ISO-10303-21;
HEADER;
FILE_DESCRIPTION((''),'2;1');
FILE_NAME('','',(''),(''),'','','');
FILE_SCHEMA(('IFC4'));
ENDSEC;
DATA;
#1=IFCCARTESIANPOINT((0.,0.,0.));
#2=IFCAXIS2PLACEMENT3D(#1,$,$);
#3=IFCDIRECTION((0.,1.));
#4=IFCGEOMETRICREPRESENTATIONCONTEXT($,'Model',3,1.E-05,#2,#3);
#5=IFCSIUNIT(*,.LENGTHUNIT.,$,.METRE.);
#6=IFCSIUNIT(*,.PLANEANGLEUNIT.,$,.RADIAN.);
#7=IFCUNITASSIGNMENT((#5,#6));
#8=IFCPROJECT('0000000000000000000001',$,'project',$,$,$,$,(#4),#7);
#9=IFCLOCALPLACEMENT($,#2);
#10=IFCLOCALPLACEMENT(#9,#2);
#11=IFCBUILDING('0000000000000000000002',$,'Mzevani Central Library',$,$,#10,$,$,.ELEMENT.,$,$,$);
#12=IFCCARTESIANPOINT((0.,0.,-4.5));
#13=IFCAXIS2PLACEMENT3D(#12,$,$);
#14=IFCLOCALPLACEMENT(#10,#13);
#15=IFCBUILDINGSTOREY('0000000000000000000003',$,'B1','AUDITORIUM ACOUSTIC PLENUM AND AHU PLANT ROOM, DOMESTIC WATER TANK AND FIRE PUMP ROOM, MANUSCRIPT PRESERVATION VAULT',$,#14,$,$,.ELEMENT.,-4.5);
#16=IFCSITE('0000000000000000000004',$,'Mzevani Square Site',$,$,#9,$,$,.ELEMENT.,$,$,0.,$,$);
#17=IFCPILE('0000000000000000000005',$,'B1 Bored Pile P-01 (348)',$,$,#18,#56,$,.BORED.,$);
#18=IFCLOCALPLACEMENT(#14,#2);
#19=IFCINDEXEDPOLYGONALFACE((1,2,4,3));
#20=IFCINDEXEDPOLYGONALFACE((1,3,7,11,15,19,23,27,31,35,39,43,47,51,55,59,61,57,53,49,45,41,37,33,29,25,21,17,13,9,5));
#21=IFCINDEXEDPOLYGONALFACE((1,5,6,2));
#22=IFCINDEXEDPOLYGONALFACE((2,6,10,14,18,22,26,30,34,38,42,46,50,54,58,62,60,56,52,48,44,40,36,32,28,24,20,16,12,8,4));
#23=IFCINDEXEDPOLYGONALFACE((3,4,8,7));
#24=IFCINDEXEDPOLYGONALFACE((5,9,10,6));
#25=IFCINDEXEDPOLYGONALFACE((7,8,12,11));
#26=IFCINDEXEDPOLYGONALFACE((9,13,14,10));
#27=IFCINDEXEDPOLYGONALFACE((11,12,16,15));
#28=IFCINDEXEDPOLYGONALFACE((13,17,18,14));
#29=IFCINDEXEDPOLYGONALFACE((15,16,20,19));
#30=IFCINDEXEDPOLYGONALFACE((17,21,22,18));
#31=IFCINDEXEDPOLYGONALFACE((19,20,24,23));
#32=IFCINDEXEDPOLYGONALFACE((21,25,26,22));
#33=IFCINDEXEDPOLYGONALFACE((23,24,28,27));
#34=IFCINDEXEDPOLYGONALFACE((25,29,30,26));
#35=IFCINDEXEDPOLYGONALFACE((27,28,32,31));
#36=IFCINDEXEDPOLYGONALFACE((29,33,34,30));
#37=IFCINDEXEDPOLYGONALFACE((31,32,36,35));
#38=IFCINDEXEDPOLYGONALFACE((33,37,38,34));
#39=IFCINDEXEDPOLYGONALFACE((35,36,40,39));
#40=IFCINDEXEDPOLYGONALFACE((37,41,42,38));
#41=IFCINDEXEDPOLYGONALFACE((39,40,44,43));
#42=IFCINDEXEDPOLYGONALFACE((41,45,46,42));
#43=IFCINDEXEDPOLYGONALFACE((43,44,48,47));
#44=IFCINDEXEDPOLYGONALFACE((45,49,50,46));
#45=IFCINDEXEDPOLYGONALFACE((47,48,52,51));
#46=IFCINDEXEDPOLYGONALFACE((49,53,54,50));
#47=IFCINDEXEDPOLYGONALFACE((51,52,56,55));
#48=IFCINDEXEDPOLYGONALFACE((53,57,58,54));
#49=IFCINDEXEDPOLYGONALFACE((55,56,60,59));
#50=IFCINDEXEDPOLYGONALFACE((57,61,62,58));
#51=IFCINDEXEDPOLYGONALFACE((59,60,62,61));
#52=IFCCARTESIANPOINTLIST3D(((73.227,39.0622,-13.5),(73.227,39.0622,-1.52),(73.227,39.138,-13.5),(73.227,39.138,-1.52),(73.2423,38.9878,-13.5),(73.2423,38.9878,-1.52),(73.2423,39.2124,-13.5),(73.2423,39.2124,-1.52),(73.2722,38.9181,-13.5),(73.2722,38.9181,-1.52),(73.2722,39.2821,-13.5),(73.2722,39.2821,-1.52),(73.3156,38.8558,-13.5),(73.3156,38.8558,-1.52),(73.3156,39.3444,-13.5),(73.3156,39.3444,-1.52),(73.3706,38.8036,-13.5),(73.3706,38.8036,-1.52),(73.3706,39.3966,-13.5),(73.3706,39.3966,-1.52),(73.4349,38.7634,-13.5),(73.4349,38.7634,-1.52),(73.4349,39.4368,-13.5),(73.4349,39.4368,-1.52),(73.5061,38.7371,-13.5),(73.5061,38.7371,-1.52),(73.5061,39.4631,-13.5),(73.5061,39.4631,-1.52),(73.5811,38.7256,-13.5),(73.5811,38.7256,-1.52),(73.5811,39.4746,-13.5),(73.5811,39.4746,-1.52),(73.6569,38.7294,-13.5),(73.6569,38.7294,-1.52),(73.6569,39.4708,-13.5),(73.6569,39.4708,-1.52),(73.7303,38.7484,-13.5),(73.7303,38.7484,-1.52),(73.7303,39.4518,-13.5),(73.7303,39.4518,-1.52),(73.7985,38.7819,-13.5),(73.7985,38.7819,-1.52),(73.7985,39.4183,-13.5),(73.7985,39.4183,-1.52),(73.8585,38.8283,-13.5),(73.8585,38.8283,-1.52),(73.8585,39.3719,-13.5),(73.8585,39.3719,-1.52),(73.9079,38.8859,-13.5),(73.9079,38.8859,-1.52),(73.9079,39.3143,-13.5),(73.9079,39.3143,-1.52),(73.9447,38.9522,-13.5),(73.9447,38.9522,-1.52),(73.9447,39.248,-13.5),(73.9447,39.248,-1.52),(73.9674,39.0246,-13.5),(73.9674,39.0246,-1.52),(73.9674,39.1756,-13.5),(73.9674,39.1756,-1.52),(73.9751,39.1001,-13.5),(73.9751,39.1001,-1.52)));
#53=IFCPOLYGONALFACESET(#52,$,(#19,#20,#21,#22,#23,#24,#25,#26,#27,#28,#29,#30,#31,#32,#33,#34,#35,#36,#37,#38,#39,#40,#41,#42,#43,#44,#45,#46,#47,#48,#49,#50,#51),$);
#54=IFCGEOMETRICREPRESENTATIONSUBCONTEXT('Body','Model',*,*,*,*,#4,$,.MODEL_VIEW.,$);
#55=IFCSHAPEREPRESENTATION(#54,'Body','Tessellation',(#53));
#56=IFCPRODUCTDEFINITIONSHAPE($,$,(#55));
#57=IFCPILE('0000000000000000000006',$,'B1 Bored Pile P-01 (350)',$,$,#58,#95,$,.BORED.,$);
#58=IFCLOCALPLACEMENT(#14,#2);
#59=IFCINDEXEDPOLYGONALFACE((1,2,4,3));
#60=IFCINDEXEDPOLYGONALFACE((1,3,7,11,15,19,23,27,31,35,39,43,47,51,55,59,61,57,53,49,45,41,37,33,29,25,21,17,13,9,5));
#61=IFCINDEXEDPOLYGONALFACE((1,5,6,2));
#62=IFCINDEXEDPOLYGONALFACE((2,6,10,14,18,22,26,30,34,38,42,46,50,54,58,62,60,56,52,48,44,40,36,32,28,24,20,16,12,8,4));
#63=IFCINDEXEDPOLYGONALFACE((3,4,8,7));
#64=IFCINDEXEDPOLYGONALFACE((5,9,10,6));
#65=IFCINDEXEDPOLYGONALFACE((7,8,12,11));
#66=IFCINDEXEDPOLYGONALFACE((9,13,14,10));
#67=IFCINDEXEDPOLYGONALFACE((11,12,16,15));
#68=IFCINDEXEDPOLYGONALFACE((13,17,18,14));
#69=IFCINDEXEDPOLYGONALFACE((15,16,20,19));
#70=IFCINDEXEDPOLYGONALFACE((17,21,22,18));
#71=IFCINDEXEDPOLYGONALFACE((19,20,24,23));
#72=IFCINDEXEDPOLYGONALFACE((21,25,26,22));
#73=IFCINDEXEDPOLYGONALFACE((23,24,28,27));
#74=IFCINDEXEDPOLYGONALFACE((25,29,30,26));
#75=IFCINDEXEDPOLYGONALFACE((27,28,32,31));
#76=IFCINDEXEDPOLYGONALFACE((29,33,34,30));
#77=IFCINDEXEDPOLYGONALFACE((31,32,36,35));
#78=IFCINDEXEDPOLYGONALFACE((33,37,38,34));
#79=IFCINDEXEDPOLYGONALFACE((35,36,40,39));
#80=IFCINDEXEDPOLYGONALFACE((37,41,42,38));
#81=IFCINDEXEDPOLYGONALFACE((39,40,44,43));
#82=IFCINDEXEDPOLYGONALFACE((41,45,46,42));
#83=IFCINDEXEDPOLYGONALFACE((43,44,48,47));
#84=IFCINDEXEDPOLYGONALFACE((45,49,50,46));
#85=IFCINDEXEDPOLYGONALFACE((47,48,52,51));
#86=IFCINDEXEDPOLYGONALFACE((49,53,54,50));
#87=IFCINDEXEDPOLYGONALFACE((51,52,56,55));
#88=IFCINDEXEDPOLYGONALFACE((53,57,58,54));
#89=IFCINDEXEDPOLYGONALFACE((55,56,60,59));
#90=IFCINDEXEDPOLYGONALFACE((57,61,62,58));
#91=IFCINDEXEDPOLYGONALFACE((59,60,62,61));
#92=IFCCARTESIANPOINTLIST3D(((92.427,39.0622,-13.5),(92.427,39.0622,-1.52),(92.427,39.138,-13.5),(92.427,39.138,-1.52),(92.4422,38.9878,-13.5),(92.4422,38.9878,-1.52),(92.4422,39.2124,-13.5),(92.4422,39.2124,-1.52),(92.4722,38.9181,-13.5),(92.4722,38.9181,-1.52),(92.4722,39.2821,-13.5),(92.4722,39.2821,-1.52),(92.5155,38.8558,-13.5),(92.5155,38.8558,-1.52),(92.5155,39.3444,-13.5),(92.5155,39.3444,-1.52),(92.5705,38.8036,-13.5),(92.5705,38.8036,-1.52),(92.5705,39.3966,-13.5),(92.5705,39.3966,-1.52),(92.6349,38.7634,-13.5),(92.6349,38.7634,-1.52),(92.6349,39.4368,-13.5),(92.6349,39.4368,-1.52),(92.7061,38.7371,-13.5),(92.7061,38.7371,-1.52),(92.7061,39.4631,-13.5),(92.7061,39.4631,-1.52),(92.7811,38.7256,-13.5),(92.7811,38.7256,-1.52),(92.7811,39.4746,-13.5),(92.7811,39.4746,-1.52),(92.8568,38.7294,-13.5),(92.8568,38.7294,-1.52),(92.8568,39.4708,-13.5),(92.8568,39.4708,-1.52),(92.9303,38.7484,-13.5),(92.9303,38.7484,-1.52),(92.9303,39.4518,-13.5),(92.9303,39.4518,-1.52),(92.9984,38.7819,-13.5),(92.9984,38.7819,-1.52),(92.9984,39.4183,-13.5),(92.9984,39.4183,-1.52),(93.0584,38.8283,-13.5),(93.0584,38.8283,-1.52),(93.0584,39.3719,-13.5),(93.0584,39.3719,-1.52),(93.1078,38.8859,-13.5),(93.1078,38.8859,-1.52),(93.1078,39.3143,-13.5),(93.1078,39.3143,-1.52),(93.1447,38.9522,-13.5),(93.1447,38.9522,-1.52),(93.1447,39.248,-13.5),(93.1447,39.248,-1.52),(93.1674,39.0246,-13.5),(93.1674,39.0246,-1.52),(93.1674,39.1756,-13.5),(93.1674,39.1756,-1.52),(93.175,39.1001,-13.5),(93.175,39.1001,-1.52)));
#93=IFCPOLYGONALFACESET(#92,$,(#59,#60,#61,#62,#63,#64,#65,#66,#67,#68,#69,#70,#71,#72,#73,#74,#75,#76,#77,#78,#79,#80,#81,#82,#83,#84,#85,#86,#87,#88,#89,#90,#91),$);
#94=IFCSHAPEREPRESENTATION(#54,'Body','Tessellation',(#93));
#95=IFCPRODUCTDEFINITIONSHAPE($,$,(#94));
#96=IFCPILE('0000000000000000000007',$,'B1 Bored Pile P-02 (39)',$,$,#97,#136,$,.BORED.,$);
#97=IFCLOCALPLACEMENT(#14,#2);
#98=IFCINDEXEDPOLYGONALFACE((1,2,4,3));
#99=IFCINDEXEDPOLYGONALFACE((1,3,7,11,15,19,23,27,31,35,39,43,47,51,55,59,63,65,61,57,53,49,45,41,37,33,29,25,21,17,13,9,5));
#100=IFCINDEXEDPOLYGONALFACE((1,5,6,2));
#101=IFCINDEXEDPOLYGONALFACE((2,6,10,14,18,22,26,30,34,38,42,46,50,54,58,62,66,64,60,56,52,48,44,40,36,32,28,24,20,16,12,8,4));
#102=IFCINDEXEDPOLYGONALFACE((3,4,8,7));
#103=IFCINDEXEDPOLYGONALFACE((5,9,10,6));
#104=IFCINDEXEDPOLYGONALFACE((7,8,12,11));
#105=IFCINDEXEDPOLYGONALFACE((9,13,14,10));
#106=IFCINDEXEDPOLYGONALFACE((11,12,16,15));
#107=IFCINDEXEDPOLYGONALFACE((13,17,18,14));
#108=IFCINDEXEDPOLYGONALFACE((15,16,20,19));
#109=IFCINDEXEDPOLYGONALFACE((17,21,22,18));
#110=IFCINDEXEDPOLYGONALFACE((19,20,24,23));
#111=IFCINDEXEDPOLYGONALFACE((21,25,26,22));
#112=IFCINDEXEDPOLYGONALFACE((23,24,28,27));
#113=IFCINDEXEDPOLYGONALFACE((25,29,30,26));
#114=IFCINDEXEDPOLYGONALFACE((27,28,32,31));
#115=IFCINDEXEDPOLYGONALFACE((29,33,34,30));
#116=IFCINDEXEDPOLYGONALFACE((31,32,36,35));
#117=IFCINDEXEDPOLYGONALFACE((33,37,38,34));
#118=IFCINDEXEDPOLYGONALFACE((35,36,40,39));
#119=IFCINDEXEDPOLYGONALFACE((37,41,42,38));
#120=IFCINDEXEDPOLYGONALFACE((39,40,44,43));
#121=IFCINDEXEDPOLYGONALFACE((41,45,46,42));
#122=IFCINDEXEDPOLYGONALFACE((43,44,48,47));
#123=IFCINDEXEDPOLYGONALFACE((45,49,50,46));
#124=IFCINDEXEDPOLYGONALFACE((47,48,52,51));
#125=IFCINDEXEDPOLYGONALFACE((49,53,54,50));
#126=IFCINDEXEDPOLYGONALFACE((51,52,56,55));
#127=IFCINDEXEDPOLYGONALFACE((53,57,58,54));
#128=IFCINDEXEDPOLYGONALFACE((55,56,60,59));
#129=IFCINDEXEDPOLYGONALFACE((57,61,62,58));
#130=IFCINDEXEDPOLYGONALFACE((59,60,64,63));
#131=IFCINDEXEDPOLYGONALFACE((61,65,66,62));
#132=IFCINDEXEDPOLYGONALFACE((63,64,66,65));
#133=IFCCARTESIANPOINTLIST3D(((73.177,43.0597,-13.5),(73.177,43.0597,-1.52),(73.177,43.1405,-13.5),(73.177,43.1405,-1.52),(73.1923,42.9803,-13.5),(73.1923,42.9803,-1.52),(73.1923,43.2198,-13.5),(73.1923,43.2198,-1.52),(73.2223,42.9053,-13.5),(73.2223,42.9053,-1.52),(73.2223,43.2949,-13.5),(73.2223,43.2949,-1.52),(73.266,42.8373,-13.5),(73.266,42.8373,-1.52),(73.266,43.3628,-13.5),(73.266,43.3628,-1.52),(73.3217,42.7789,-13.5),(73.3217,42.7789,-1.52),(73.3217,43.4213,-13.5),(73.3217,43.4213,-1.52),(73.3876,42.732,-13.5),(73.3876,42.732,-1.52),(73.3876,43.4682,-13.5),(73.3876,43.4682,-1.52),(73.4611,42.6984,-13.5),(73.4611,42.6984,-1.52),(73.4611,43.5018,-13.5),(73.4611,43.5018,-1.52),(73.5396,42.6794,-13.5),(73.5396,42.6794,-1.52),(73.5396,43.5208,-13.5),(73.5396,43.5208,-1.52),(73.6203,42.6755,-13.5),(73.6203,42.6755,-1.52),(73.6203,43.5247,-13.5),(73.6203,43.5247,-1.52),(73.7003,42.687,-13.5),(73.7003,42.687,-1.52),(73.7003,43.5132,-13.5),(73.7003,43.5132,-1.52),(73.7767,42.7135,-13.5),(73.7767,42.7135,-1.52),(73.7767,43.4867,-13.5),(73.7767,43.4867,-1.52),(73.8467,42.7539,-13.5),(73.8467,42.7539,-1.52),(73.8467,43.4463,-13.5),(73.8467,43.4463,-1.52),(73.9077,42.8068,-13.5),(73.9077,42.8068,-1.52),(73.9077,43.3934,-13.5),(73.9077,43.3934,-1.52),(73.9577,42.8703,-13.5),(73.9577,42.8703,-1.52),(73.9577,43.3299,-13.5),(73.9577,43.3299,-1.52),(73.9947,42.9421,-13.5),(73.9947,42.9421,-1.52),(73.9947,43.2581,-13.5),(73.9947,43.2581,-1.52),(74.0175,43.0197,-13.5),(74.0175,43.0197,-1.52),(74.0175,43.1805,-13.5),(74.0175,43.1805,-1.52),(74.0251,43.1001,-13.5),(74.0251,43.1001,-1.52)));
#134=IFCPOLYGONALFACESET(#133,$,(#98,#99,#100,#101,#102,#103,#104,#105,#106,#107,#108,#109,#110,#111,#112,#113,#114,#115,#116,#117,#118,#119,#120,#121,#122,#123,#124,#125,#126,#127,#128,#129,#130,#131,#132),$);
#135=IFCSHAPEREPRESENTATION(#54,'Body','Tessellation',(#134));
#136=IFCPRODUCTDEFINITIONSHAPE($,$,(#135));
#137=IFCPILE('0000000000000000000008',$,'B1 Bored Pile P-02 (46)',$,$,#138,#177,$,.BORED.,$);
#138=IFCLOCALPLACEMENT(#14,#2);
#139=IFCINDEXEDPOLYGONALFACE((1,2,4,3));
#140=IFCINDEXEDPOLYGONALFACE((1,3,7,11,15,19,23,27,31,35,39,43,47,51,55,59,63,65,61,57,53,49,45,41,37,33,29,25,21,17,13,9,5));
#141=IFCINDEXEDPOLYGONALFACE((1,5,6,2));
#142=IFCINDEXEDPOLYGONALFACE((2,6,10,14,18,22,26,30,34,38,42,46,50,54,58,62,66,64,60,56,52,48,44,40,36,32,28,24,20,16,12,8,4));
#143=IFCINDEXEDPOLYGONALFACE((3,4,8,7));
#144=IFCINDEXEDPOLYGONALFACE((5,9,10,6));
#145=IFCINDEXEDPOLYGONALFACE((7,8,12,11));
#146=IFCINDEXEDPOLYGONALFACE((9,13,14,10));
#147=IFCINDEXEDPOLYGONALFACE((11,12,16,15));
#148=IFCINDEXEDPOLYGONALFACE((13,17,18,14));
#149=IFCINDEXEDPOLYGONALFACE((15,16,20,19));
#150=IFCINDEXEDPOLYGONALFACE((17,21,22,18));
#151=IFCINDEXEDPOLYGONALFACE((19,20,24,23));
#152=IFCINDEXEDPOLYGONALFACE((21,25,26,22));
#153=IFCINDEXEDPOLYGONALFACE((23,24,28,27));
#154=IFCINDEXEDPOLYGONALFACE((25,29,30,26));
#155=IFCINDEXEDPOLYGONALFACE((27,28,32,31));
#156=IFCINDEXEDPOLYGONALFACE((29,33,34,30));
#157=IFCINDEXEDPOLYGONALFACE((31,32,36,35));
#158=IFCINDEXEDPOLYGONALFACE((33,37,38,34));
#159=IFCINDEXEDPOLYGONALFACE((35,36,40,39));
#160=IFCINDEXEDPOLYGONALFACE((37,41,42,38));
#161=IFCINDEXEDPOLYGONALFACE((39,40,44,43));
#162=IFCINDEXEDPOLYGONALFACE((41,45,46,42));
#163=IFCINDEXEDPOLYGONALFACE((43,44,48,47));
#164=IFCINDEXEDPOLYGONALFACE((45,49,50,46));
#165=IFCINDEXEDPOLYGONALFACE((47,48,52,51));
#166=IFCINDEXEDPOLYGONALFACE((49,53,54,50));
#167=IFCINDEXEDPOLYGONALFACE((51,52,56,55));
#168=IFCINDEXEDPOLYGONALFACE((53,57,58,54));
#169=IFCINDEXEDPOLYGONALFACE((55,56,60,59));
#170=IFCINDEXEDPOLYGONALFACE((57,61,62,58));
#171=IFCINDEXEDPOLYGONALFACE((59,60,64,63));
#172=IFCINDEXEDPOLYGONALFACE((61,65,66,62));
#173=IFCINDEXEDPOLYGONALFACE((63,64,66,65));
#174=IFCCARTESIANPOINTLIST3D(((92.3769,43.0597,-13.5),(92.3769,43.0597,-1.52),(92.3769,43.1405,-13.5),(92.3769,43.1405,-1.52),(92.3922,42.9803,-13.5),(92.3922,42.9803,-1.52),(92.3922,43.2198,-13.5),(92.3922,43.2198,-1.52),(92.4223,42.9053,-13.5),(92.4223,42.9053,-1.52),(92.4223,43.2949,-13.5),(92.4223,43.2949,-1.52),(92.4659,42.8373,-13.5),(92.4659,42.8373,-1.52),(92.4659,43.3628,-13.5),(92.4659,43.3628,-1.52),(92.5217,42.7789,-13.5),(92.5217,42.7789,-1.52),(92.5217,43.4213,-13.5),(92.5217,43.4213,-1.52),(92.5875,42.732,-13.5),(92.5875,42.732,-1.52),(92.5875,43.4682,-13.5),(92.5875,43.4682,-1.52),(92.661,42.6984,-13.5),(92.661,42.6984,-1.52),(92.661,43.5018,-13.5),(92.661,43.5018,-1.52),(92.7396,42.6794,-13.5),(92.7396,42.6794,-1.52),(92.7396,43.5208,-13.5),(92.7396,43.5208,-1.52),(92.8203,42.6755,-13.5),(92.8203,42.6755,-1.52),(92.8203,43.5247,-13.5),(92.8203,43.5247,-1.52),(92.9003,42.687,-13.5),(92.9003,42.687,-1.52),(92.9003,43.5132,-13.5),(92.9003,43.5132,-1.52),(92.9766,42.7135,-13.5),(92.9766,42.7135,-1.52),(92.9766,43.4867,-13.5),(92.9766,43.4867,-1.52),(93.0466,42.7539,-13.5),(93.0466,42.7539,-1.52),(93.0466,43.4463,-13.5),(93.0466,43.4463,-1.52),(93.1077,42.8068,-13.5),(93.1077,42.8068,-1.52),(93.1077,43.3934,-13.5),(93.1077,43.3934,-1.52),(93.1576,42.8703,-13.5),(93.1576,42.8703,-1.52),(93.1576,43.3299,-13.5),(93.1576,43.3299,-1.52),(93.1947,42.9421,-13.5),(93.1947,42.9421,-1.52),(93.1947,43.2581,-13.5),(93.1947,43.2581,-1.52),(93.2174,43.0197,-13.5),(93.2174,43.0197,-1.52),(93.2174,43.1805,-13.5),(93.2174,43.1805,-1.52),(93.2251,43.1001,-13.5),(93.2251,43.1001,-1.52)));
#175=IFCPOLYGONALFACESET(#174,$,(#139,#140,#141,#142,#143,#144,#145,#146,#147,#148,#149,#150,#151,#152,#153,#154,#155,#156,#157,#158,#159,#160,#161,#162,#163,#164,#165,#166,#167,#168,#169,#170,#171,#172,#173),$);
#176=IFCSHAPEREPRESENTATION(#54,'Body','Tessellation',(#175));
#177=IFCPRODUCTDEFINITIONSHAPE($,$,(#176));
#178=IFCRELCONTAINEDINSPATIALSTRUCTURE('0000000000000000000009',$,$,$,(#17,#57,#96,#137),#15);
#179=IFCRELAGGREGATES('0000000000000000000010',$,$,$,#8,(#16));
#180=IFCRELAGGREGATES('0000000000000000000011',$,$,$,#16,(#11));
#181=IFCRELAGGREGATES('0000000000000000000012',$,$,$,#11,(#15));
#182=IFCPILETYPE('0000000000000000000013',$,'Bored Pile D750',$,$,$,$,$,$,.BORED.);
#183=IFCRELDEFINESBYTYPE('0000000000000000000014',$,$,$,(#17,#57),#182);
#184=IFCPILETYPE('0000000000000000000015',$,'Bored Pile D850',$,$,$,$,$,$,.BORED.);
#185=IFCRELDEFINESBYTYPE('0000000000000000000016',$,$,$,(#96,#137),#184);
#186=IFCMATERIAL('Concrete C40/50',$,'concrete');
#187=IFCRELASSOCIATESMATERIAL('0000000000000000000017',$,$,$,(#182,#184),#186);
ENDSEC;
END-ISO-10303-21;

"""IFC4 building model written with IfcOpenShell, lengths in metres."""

from ifc_helpers import new_model, si_unit, direction, frame, origin, origin_2d, place, context, subcontext, project, spatial, circle, extrude, material, material_profile, profile_set, type_object, element, save


model = new_model("IFC4")

# Units and contexts
model_context = context("Model", 3, precision=1e-05, world=origin(), true_north=direction((0.0, 1.0)))
body_context = subcontext(model_context, "Body", "Model", "MODEL_VIEW")
ifc_project = project(units=[si_unit("LENGTHUNIT", "METRE"), si_unit("PLANEANGLEUNIT", "RADIAN")], contexts=[model_context])

# Site, building, storey
site_placement = place(None, origin())
site = spatial("IfcSite", under=ifc_project, at=site_placement, Name="Mzevani Square Site", CompositionType="ELEMENT", RefElevation=0.0)
building_placement = place(site_placement, origin())
building = spatial("IfcBuilding", under=site, at=building_placement, Name="Mzevani Central Library", CompositionType="ELEMENT")
storey_placement = place(building_placement, frame((0.0, 0.0, -4.5)))
storey = spatial("IfcBuildingStorey", under=building, at=storey_placement, Name="B1", Description="AUDITORIUM ACOUSTIC PLENUM AND AHU PLANT ROOM, DOMESTIC WATER TANK AND FIRE PUMP ROOM, MANUSCRIPT PRESERVATION VAULT", CompositionType="ELEMENT", Elevation=-4.5)

# Piles
ifc_material_1 = material(Name="Concrete C40/50", Category="concrete")
ifc_material_profile_1 = material_profile(ifc_material_1, circle(Radius=0.375, at=origin_2d()), Name="PILE D750")
ifc_profile_set_1 = profile_set([ifc_material_profile_1], Name="Concrete C40/50")
pile_type_1 = type_object("IfcPileType", Name="Bored Pile D750", PredefinedType="BORED", material=ifc_profile_set_1)
for number, where, z_axis, x_axis, name in (
    (1, (73.6001, 39.1001, -1.52), (0.0, 0.0, -1.0), (1.0, 0.0, 0.0), "B1 Bored Pile P-01 (348)"),
    (2, (92.8, 39.1001, -1.52), (0.0, 0.0, -1.0), (1.0, 0.0, 0.0), "B1 Bored Pile P-01 (350)"),
):
    element("IfcPile", number, at=place(storey_placement, frame(where, z_axis=z_axis, x_axis=x_axis)), inside=storey, type_object=pile_type_1, Name=name, PredefinedType="BORED", context=body_context, shape_type="SweptSolid", body=[
        extrude(circle(Radius=0.375, at=origin_2d()), origin(), (0.0, 0.0, 1.0), 11.98),
    ])
ifc_material_profile_2 = material_profile(ifc_material_1, circle(Radius=0.425, at=origin_2d()), Name="PILE D850")
ifc_profile_set_2 = profile_set([ifc_material_profile_2], Name="Concrete C40/50")
pile_type_2 = type_object("IfcPileType", Name="Bored Pile D850", PredefinedType="BORED", material=ifc_profile_set_2)
for number, where, z_axis, x_axis, name in (
    (3, (73.6001, 43.1001, -1.52), (0.0, 0.0, -1.0), (1.0, 0.0, 0.0), "B1 Bored Pile P-02 (39)"),
    (4, (92.8, 43.1001, -1.52), (0.0, 0.0, -1.0), (1.0, 0.0, 0.0), "B1 Bored Pile P-02 (46)"),
):
    element("IfcPile", number, at=place(storey_placement, frame(where, z_axis=z_axis, x_axis=x_axis)), inside=storey, type_object=pile_type_2, Name=name, PredefinedType="BORED", context=body_context, shape_type="SweptSolid", body=[
        extrude(circle(Radius=0.425, at=origin_2d()), origin(), (0.0, 0.0, 1.0), 11.98),
    ])

save(model, "model.ifc")
